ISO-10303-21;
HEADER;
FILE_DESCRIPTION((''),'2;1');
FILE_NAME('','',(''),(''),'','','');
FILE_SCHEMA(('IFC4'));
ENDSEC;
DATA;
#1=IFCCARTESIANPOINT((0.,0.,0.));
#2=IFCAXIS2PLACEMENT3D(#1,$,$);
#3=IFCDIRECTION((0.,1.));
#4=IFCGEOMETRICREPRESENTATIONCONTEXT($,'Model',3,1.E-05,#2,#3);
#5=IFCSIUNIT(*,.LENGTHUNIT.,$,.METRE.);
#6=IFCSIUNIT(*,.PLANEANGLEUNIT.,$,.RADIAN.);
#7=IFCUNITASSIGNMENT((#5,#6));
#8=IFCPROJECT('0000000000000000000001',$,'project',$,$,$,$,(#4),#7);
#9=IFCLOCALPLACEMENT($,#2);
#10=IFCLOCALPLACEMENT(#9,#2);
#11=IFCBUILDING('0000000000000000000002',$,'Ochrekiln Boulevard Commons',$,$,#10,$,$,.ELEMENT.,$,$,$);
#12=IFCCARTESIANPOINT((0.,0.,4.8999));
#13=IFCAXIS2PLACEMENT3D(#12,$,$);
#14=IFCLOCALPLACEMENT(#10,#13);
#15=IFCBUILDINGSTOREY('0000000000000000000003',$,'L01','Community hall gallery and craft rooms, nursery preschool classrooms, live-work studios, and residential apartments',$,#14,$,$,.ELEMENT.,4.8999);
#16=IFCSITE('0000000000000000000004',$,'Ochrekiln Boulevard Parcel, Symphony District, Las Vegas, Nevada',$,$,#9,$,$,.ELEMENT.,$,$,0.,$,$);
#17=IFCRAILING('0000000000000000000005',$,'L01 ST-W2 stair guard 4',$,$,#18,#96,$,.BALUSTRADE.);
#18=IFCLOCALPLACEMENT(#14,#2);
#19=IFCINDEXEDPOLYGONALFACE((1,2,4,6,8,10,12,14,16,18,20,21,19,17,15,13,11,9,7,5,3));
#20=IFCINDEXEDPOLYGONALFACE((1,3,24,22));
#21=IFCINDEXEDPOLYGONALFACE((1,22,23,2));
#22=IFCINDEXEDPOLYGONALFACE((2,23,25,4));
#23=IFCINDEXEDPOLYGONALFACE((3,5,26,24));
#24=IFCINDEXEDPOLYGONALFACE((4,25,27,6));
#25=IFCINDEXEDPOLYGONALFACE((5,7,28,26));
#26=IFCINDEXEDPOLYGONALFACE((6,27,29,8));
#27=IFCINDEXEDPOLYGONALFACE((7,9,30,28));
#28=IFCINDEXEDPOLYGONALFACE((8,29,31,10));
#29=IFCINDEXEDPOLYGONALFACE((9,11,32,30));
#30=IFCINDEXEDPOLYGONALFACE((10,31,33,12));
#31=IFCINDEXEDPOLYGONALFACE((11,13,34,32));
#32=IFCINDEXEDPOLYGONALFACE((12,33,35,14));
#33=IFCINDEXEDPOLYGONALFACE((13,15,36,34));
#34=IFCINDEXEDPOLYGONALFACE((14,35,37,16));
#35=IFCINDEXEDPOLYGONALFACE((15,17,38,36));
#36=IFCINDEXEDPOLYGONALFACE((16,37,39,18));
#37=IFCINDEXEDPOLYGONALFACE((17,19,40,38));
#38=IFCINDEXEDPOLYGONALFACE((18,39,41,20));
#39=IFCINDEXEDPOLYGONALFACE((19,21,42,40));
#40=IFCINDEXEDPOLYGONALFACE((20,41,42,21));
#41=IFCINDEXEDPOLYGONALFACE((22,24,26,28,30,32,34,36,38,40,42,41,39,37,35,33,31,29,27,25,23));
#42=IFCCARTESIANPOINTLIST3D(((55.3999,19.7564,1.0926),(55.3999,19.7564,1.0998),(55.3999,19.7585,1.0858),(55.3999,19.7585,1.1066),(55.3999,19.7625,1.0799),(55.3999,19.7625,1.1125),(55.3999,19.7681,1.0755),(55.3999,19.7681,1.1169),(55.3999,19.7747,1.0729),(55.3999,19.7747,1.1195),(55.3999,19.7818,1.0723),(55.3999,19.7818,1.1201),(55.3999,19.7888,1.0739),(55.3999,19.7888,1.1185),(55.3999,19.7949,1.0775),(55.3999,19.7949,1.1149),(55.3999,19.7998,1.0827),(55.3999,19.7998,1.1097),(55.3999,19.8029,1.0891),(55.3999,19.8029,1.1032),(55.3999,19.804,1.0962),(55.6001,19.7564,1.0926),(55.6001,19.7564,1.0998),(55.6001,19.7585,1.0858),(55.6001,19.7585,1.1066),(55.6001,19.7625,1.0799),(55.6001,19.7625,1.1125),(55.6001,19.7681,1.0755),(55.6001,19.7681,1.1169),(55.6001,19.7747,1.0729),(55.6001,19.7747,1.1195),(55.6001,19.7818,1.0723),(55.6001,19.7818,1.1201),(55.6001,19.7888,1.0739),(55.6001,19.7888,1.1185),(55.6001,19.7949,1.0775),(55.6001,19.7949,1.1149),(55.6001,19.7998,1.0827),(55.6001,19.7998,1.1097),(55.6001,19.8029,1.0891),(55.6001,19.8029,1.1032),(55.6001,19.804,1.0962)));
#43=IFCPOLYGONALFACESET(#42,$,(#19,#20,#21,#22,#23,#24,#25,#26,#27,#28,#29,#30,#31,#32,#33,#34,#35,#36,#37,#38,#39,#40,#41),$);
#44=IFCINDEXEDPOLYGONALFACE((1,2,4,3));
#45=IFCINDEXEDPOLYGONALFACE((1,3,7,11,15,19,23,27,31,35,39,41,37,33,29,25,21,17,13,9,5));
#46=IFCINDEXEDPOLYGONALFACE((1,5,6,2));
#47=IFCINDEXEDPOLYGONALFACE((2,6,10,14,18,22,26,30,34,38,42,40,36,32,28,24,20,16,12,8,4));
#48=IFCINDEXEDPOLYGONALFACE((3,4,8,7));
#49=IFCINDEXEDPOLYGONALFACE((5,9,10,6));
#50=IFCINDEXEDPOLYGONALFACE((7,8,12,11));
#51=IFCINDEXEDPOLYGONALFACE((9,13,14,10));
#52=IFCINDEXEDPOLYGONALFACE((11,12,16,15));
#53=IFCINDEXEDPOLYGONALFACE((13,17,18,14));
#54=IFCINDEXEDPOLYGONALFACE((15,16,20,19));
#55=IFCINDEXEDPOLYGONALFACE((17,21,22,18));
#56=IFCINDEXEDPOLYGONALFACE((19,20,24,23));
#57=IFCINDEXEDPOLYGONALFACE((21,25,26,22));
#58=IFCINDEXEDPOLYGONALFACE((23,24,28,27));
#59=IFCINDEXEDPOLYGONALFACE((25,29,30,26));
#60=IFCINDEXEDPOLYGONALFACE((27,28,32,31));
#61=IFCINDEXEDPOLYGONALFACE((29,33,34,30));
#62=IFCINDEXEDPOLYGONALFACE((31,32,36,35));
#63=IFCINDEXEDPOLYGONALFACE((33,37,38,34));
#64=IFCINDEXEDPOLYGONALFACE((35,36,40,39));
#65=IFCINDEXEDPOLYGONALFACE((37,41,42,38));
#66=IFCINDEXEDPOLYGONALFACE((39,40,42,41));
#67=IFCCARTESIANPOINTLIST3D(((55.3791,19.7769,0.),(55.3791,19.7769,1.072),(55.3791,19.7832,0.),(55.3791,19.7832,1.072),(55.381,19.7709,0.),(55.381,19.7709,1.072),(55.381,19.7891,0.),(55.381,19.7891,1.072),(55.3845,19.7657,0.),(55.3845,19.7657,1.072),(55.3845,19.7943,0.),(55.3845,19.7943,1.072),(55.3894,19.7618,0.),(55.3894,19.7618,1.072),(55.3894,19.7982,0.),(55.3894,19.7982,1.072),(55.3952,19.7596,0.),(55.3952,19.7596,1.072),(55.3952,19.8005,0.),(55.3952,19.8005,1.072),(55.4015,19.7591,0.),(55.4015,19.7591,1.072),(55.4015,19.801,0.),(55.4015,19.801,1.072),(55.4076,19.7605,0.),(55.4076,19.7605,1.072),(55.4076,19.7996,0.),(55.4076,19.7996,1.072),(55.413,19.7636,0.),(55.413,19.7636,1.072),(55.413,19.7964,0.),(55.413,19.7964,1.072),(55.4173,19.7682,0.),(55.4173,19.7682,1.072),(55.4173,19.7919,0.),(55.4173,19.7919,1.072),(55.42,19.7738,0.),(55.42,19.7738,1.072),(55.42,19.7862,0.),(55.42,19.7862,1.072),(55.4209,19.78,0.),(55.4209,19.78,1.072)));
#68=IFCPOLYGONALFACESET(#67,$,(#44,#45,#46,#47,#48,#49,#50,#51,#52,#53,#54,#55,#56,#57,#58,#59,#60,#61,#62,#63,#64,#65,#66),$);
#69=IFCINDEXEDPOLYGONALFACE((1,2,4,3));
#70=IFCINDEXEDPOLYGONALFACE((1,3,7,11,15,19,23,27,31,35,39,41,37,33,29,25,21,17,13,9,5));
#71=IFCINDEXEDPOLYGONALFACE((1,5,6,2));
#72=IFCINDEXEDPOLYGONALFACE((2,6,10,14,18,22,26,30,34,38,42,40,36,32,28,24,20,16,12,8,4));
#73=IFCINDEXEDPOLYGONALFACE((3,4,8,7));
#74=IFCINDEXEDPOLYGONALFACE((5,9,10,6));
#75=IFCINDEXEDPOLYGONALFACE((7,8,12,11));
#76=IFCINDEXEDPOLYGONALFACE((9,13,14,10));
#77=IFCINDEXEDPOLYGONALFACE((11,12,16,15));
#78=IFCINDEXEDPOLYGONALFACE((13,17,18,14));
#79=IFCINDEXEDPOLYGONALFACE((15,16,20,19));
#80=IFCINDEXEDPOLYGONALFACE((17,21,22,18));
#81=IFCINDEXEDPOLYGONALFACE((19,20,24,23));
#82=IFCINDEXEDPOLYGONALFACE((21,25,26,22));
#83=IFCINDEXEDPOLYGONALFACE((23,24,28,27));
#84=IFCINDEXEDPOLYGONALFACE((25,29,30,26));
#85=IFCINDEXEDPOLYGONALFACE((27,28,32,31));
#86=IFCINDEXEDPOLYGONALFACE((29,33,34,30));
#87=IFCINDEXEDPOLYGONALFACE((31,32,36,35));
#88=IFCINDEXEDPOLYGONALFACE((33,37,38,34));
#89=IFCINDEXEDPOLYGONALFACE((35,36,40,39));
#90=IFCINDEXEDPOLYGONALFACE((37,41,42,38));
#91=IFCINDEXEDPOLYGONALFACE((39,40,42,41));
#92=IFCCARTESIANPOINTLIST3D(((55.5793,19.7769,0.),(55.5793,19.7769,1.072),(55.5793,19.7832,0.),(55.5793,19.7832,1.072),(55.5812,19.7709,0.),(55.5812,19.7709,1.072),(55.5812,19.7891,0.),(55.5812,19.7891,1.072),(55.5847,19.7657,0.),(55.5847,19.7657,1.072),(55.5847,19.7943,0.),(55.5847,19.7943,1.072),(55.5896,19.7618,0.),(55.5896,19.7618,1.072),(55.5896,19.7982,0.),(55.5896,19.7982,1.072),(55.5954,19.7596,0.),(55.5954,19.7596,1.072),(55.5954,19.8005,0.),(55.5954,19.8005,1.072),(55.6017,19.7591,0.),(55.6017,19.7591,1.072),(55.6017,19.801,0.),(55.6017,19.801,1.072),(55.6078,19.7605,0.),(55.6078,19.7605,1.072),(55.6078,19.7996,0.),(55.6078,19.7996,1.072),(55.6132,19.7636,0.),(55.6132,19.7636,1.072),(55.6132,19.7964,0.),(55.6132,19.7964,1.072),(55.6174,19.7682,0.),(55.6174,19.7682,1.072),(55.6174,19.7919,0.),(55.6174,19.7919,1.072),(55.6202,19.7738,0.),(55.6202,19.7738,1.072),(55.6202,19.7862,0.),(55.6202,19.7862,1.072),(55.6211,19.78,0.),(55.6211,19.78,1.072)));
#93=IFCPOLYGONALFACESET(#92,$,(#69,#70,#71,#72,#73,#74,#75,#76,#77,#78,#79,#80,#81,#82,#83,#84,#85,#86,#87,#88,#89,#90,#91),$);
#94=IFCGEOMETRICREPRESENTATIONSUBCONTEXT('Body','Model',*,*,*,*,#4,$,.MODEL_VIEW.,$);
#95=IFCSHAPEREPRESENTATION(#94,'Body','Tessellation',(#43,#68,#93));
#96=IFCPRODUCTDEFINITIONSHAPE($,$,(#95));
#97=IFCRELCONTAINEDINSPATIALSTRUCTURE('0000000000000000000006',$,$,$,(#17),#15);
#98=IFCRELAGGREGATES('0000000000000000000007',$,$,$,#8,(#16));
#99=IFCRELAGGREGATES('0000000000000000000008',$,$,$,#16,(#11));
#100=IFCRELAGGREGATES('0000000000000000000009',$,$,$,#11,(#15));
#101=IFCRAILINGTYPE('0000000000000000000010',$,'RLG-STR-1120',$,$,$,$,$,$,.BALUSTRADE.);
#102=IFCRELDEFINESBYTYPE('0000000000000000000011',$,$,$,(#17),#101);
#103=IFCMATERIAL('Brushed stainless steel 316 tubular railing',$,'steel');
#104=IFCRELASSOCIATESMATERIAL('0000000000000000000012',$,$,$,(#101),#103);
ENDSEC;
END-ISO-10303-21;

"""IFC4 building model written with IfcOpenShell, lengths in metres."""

from ifc_helpers import new_model, si_unit, direction, frame, origin, origin_2d, place, context, subcontext, project, spatial, circle, extrude, material, type_object, element, save


model = new_model("IFC4")

# Units and contexts
model_context = context("Model", 3, precision=1e-05, world=origin(), true_north=direction((0.0, 1.0)))
body_context = subcontext(model_context, "Body", "Model", "MODEL_VIEW")
ifc_project = project(units=[si_unit("LENGTHUNIT", "METRE"), si_unit("PLANEANGLEUNIT", "RADIAN")], contexts=[model_context])

# Site, building, storey
site_placement = place(None, origin())
site = spatial("IfcSite", under=ifc_project, at=site_placement, Name="Ochrekiln Boulevard Parcel, Symphony District, Las Vegas, Nevada", CompositionType="ELEMENT", RefElevation=0.0)
building_placement = place(site_placement, origin())
building = spatial("IfcBuilding", under=site, at=building_placement, Name="Ochrekiln Boulevard Commons", CompositionType="ELEMENT")
storey_placement = place(building_placement, frame((0.0, 0.0, 4.8999)))
storey = spatial("IfcBuildingStorey", under=building, at=storey_placement, Name="L01", Description="Community hall gallery and craft rooms, nursery preschool classrooms, live-work studios, and residential apartments", CompositionType="ELEMENT", Elevation=4.8999)

# Railing
ifc_material_1 = material(Name="Brushed stainless steel 316 tubular railing", Category="steel")
railing_type_1 = type_object("IfcRailingType", Name="RLG-STR-1120", PredefinedType="BALUSTRADE", material=ifc_material_1)
railing_1_placement = place(storey_placement, frame((55.3999, 19.78, 0.0)))
element("IfcRailing", 1, at=railing_1_placement, inside=storey, type_object=railing_type_1, Name="L01 ST-W2 stair guard 4", PredefinedType="BALUSTRADE", context=body_context, shape_type="SweptSolid", body=[
    extrude(circle(Radius=0.0239, at=origin_2d()), frame((0.0, 0.0, 1.0962), z_axis=(1.0, 0.0, 0.0), x_axis=(0.0, 1.0, 0.0)), (0.0, 0.0, 1.0), 0.2002),
    extrude(circle(Radius=0.021, at=origin_2d()), origin(), (0.0, 0.0, 1.0), 1.072),
    extrude(circle(Radius=0.021, at=origin_2d()), frame((0.2002, 0.0, 0.0)), (0.0, 0.0, 1.0), 1.072),
])

save(model, "model.ifc")
